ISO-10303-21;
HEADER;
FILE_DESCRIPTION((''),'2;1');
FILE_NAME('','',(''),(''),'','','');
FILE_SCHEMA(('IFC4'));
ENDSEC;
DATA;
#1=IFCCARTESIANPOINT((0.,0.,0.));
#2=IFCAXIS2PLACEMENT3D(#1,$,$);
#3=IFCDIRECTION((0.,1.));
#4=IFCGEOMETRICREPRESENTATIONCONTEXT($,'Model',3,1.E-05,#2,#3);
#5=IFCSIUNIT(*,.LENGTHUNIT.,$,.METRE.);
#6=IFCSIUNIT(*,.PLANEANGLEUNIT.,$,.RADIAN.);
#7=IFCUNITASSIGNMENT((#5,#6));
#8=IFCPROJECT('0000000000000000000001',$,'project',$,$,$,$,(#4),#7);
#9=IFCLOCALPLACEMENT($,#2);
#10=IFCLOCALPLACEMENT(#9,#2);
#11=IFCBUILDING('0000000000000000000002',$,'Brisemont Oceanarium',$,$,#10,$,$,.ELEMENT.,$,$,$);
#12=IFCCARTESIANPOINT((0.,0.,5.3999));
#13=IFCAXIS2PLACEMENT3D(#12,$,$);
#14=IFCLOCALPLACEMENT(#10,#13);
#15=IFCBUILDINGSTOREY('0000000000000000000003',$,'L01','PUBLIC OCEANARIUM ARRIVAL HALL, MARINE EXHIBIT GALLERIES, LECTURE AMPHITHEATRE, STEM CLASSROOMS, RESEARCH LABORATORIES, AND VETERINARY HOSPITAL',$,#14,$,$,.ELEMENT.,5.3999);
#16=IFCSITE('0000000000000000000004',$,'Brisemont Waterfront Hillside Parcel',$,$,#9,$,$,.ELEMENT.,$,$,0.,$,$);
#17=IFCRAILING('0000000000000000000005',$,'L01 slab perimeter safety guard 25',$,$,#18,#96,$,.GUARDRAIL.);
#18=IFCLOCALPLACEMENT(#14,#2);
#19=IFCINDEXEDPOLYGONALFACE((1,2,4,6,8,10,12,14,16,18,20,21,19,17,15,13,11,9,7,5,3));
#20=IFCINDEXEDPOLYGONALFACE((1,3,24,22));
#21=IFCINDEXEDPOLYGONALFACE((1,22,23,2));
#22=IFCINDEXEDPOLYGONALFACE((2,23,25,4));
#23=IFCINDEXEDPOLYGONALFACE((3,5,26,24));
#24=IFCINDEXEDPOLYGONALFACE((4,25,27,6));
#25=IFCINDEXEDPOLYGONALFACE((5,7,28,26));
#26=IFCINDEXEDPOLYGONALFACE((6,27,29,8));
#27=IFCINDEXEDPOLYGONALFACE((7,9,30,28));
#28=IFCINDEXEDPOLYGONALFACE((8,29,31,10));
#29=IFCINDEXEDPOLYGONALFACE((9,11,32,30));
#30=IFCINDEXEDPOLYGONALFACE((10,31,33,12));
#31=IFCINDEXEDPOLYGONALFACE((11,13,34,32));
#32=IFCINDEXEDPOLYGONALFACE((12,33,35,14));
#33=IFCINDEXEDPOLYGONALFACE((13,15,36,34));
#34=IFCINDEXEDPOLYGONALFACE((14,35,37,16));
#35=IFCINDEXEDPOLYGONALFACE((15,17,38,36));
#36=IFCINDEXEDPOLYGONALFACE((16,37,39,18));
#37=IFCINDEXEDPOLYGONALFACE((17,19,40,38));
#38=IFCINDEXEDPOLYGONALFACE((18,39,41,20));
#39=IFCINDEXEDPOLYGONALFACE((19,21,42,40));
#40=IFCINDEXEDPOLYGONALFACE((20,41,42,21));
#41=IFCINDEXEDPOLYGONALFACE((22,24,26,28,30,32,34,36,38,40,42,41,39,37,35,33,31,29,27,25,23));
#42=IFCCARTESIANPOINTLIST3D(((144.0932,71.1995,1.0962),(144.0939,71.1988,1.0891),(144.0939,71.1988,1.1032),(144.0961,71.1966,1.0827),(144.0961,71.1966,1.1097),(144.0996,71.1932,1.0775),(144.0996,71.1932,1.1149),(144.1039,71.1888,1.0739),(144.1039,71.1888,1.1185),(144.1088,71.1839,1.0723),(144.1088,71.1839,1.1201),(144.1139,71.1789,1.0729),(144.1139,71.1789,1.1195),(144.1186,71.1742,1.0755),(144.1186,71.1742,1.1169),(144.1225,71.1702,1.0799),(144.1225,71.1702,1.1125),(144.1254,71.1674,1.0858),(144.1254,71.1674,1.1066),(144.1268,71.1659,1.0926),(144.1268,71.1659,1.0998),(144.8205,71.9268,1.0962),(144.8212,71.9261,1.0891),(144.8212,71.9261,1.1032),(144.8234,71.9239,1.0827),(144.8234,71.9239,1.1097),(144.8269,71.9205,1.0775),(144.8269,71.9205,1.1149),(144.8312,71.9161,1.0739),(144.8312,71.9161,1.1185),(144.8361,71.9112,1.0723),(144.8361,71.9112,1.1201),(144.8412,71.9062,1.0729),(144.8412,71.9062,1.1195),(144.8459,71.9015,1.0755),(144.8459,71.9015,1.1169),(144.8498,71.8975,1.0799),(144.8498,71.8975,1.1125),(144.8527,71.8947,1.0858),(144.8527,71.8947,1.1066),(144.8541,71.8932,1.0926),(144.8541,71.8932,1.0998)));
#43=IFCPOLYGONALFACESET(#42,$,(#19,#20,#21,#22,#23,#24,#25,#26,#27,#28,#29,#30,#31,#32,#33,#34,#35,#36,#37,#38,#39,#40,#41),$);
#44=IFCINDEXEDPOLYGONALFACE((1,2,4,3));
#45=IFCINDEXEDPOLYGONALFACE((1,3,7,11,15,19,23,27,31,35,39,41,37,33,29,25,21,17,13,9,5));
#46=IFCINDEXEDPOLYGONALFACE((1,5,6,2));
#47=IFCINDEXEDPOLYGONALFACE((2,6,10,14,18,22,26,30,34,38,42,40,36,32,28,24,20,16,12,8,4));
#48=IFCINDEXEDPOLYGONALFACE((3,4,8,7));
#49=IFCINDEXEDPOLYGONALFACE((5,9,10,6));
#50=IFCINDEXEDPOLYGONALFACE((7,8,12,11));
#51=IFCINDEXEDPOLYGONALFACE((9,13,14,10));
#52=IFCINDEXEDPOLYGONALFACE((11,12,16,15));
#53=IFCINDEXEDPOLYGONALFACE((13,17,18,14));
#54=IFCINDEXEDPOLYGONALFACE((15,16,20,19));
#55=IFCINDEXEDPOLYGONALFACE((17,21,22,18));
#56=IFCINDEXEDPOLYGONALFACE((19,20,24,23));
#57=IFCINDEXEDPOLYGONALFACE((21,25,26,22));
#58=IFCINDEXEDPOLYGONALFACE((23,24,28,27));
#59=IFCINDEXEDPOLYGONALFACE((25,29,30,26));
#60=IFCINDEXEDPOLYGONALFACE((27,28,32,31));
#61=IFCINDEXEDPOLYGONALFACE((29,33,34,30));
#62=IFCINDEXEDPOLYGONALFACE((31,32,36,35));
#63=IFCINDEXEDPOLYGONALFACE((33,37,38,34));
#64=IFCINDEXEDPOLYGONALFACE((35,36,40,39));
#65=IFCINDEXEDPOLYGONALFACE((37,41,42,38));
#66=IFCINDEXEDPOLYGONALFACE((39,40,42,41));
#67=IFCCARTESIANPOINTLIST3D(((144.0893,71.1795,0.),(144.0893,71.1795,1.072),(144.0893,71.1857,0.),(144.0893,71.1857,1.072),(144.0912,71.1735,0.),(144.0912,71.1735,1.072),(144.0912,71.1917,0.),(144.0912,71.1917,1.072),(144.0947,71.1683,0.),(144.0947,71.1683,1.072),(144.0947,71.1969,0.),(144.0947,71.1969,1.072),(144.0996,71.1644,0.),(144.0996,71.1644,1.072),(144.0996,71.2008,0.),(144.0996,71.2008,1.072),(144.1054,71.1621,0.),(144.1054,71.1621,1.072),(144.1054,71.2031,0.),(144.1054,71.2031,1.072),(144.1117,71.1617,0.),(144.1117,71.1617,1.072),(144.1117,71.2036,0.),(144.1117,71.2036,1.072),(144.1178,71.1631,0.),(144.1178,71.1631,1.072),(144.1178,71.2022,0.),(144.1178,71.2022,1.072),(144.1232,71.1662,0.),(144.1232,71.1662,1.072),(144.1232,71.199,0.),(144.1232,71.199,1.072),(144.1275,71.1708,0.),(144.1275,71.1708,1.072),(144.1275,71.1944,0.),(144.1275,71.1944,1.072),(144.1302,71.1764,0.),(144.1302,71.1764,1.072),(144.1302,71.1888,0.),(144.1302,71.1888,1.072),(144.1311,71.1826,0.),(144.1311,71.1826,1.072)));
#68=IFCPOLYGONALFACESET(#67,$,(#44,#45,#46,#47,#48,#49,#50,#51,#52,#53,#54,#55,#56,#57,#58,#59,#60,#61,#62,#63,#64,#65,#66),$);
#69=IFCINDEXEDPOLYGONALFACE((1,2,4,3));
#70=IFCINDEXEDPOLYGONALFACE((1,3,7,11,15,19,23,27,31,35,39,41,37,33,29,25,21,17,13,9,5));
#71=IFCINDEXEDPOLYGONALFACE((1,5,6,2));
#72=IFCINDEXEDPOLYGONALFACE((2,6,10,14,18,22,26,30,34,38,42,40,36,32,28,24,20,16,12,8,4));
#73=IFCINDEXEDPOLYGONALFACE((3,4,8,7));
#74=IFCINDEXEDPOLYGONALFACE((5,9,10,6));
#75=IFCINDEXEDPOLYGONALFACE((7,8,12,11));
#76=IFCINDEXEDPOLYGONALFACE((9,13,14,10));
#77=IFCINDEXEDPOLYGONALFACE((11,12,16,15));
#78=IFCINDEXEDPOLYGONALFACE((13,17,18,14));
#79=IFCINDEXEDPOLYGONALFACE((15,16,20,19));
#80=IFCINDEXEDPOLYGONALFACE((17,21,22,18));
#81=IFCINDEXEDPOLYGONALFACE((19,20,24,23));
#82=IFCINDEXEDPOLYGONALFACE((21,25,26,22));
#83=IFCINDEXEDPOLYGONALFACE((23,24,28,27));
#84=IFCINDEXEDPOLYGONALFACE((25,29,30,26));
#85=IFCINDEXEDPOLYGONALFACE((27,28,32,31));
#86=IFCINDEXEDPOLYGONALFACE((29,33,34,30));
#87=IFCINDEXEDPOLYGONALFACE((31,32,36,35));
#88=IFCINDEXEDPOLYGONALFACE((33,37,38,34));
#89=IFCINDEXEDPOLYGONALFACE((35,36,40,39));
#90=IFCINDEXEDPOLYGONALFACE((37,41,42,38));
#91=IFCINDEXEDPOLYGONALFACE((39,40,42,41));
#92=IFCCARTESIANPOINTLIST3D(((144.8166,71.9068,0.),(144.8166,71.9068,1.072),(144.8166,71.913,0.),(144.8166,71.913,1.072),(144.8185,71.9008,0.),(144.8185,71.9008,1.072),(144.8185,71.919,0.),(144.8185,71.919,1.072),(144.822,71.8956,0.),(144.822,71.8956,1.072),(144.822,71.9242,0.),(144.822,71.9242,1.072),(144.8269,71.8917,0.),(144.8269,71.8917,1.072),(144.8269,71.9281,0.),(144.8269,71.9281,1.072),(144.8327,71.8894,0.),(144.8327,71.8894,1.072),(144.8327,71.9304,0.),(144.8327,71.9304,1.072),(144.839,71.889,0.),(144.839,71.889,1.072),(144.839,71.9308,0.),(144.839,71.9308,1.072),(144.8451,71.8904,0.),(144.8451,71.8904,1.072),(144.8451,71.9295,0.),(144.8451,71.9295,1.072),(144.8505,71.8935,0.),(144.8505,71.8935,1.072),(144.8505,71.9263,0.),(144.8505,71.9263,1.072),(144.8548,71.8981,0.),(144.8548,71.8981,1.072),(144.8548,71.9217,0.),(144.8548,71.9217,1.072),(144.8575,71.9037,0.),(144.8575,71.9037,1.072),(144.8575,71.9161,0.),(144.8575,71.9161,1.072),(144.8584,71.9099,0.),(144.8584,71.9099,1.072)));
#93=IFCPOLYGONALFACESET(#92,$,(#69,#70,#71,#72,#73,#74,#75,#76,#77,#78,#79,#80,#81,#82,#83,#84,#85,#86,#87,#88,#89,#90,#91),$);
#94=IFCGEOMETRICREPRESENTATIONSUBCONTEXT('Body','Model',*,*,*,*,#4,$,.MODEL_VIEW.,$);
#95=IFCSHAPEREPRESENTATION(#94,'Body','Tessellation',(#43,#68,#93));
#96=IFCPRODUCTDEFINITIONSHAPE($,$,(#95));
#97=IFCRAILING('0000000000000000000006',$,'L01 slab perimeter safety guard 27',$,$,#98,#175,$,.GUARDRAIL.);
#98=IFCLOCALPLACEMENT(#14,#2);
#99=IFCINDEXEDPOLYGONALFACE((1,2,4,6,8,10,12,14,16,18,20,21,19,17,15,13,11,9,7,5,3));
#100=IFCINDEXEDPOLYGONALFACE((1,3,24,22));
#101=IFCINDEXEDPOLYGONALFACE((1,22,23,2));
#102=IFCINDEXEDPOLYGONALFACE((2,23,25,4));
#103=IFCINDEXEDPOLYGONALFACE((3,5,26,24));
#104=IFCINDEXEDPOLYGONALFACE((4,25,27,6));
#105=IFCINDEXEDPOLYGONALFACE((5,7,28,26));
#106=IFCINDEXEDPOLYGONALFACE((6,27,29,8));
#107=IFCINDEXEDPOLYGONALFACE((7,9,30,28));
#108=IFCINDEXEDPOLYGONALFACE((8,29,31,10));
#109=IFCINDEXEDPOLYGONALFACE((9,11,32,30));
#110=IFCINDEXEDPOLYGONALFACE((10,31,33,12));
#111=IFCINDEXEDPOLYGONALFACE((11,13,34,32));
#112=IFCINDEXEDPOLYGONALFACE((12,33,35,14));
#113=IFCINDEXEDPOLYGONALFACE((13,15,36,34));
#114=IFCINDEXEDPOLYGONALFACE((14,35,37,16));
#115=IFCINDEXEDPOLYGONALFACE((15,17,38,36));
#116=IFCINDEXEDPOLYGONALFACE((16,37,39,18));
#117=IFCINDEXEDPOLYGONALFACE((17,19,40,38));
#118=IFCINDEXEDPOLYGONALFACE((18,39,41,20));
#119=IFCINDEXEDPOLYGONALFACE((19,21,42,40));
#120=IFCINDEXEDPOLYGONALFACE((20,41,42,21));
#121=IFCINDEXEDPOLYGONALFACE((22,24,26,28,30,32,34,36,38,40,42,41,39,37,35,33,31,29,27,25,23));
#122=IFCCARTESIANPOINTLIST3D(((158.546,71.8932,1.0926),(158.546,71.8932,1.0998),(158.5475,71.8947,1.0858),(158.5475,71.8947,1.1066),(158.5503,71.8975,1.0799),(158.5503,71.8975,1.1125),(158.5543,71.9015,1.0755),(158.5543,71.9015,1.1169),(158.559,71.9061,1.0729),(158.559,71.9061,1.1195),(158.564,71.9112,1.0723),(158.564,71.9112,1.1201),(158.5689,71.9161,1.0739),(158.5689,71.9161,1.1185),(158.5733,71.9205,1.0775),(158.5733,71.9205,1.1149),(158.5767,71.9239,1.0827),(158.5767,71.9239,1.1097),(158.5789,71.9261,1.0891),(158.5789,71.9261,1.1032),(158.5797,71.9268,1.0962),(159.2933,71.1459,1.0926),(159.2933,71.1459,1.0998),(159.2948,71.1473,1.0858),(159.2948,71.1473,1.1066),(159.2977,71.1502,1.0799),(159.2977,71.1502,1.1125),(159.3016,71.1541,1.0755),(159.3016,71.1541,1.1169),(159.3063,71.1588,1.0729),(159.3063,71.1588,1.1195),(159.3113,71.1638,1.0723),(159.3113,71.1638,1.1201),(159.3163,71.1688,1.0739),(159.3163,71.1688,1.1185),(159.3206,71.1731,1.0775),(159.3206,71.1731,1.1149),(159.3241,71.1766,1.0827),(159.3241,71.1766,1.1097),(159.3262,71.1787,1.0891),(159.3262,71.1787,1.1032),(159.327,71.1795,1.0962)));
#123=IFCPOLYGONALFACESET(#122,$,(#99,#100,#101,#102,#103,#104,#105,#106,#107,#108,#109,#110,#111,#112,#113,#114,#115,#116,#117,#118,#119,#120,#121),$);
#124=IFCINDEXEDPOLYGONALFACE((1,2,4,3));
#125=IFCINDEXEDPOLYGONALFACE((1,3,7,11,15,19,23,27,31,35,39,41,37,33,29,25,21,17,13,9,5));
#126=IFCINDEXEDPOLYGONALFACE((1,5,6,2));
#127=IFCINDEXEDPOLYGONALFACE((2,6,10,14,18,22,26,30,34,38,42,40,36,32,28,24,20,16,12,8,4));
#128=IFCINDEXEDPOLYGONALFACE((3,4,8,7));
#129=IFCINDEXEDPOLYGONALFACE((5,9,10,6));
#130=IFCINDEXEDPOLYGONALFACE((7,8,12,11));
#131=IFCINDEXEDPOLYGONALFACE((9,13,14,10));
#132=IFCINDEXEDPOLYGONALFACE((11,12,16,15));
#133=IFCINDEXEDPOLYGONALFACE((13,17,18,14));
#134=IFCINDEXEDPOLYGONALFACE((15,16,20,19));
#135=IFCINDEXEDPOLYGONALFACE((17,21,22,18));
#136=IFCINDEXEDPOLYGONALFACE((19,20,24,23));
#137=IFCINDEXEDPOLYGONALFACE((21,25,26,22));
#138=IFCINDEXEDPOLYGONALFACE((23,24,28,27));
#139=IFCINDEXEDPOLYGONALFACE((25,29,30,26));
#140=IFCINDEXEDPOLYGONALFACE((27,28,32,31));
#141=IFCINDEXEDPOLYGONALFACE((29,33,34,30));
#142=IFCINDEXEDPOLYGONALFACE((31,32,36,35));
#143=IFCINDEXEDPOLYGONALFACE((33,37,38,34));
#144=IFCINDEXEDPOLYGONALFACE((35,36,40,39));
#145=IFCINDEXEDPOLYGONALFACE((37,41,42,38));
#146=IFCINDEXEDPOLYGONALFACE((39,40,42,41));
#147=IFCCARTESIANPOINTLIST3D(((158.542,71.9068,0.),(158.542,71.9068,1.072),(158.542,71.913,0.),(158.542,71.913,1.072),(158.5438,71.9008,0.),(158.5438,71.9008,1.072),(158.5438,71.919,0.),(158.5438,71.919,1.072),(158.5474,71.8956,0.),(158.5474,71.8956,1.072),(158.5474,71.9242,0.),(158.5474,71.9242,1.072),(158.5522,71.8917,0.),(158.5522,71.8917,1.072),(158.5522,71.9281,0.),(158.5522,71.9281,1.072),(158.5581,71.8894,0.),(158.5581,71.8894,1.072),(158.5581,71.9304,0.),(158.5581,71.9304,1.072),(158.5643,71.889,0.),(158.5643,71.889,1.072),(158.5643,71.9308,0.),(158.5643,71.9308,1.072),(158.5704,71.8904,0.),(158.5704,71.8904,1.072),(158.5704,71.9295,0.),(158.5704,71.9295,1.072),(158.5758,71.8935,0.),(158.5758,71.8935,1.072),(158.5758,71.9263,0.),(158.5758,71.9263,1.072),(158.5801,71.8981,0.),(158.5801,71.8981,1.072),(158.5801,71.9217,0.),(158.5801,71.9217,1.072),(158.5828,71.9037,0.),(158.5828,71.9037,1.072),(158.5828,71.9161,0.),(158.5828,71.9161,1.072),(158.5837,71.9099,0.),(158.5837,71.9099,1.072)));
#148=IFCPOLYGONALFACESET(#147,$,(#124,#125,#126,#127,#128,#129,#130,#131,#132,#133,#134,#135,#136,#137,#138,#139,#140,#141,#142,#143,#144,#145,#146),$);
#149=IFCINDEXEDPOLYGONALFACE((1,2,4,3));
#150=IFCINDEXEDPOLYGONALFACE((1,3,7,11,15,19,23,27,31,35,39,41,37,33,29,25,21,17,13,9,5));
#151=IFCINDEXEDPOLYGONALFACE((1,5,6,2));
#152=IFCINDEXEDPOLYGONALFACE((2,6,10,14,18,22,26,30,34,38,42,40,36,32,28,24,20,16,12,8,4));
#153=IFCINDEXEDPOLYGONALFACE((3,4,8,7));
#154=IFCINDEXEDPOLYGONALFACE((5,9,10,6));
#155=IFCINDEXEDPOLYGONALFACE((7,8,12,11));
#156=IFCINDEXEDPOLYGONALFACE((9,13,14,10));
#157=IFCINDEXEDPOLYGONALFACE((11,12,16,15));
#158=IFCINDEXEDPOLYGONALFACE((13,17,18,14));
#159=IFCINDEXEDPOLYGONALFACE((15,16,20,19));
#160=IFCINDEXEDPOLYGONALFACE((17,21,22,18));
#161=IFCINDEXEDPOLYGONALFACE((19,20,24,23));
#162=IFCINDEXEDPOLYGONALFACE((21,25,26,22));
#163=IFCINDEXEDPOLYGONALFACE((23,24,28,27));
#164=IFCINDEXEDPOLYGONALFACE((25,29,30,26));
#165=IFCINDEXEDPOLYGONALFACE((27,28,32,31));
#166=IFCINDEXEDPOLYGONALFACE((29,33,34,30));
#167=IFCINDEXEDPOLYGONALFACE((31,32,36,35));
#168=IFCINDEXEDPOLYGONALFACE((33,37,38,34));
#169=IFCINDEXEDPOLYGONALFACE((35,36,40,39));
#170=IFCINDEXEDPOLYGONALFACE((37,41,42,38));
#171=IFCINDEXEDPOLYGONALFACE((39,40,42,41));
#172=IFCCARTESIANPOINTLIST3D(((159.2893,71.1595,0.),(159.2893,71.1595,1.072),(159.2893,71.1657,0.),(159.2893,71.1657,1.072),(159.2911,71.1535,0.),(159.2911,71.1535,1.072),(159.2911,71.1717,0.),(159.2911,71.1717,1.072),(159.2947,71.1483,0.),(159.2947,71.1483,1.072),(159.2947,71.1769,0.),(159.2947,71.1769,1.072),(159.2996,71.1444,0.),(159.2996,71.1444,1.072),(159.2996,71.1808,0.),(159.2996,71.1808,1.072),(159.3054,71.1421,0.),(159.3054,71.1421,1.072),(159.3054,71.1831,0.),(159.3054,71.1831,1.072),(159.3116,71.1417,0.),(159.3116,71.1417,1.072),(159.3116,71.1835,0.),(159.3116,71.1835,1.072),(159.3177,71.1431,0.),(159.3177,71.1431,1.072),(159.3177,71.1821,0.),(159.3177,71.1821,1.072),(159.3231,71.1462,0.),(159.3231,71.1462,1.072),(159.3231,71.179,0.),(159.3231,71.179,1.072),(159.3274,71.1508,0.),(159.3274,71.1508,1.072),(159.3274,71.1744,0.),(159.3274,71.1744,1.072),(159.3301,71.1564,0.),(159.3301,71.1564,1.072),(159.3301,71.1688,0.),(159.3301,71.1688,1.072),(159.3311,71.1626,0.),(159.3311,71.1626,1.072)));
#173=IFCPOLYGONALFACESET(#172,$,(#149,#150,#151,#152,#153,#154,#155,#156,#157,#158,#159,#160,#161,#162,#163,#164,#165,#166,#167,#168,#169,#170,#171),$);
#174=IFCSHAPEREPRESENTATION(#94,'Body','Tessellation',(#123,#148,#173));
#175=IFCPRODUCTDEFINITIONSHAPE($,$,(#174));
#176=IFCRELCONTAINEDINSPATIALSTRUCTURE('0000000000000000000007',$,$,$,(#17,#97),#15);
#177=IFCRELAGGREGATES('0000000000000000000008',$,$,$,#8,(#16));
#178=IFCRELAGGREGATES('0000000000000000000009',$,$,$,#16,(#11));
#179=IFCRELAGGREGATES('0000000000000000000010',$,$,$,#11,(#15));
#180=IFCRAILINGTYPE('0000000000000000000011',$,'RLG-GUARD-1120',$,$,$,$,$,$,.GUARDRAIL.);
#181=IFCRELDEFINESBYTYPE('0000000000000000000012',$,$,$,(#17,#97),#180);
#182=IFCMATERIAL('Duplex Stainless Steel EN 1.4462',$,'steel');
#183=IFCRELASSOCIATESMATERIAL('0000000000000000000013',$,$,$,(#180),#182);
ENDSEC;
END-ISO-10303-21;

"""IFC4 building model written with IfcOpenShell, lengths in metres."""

from ifc_helpers import new_model, si_unit, direction, frame, origin, origin_2d, place, context, subcontext, project, spatial, circle, extrude, material, type_object, element, save


model = new_model("IFC4")

# Units and contexts
model_context = context("Model", 3, precision=1e-05, world=origin(), true_north=direction((0.0, 1.0)))
body_context = subcontext(model_context, "Body", "Model", "MODEL_VIEW")
ifc_project = project(units=[si_unit("LENGTHUNIT", "METRE"), si_unit("PLANEANGLEUNIT", "RADIAN")], contexts=[model_context])

# Site, building, storey
site_placement = place(None, origin())
site = spatial("IfcSite", under=ifc_project, at=site_placement, Name="Brisemont Waterfront Hillside Parcel", CompositionType="ELEMENT", RefElevation=0.0)
building_placement = place(site_placement, origin())
building = spatial("IfcBuilding", under=site, at=building_placement, Name="Brisemont Oceanarium", CompositionType="ELEMENT")
storey_placement = place(building_placement, frame((0.0, 0.0, 5.3999)))
storey = spatial("IfcBuildingStorey", under=building, at=storey_placement, Name="L01", Description="PUBLIC OCEANARIUM ARRIVAL HALL, MARINE EXHIBIT GALLERIES, LECTURE AMPHITHEATRE, STEM CLASSROOMS, RESEARCH LABORATORIES, AND VETERINARY HOSPITAL", CompositionType="ELEMENT", Elevation=5.3999)

# Railings
ifc_material_1 = material(Name="Duplex Stainless Steel EN 1.4462", Category="steel")
railing_type_1 = type_object("IfcRailingType", Name="RLG-GUARD-1120", PredefinedType="GUARDRAIL", material=ifc_material_1)
railing_1_placement = place(storey_placement, frame((144.1101, 71.1826, 0.0)))
element("IfcRailing", 1, at=railing_1_placement, inside=storey, type_object=railing_type_1, Name="L01 slab perimeter safety guard 25", PredefinedType="GUARDRAIL", context=body_context, shape_type="SweptSolid", body=[
    extrude(circle(Radius=0.0239, at=origin_2d()), frame((0.0, 0.0, 1.0962), z_axis=(0.707107, 0.707107, 0.0), x_axis=(-0.707107, 0.707107, 0.0)), (0.0, 0.0, 1.0), 1.0286),
    extrude(circle(Radius=0.021, at=origin_2d()), origin(), (0.0, 0.0, 1.0), 1.072),
    extrude(circle(Radius=0.021, at=origin_2d()), frame((0.7273, 0.7273, 0.0)), (0.0, 0.0, 1.0), 1.072),
])
railing_2_placement = place(storey_placement, frame((158.5627, 71.9099, 0.0)))
element("IfcRailing", 2, at=railing_2_placement, inside=storey, type_object=railing_type_1, Name="L01 slab perimeter safety guard 27", PredefinedType="GUARDRAIL", context=body_context, shape_type="SweptSolid", body=[
    extrude(circle(Radius=0.0239, at=origin_2d()), frame((0.0, 0.0, 1.0962), z_axis=(0.707107, -0.707107, 0.0), x_axis=(0.707107, 0.707107, 0.0)), (0.0, 0.0, 1.0), 1.0569),
    extrude(circle(Radius=0.021, at=origin_2d()), origin(), (0.0, 0.0, 1.0), 1.072),
    extrude(circle(Radius=0.021, at=origin_2d()), frame((0.7473, -0.7473, 0.0)), (0.0, 0.0, 1.0), 1.072),
])

save(model, "model.ifc")
